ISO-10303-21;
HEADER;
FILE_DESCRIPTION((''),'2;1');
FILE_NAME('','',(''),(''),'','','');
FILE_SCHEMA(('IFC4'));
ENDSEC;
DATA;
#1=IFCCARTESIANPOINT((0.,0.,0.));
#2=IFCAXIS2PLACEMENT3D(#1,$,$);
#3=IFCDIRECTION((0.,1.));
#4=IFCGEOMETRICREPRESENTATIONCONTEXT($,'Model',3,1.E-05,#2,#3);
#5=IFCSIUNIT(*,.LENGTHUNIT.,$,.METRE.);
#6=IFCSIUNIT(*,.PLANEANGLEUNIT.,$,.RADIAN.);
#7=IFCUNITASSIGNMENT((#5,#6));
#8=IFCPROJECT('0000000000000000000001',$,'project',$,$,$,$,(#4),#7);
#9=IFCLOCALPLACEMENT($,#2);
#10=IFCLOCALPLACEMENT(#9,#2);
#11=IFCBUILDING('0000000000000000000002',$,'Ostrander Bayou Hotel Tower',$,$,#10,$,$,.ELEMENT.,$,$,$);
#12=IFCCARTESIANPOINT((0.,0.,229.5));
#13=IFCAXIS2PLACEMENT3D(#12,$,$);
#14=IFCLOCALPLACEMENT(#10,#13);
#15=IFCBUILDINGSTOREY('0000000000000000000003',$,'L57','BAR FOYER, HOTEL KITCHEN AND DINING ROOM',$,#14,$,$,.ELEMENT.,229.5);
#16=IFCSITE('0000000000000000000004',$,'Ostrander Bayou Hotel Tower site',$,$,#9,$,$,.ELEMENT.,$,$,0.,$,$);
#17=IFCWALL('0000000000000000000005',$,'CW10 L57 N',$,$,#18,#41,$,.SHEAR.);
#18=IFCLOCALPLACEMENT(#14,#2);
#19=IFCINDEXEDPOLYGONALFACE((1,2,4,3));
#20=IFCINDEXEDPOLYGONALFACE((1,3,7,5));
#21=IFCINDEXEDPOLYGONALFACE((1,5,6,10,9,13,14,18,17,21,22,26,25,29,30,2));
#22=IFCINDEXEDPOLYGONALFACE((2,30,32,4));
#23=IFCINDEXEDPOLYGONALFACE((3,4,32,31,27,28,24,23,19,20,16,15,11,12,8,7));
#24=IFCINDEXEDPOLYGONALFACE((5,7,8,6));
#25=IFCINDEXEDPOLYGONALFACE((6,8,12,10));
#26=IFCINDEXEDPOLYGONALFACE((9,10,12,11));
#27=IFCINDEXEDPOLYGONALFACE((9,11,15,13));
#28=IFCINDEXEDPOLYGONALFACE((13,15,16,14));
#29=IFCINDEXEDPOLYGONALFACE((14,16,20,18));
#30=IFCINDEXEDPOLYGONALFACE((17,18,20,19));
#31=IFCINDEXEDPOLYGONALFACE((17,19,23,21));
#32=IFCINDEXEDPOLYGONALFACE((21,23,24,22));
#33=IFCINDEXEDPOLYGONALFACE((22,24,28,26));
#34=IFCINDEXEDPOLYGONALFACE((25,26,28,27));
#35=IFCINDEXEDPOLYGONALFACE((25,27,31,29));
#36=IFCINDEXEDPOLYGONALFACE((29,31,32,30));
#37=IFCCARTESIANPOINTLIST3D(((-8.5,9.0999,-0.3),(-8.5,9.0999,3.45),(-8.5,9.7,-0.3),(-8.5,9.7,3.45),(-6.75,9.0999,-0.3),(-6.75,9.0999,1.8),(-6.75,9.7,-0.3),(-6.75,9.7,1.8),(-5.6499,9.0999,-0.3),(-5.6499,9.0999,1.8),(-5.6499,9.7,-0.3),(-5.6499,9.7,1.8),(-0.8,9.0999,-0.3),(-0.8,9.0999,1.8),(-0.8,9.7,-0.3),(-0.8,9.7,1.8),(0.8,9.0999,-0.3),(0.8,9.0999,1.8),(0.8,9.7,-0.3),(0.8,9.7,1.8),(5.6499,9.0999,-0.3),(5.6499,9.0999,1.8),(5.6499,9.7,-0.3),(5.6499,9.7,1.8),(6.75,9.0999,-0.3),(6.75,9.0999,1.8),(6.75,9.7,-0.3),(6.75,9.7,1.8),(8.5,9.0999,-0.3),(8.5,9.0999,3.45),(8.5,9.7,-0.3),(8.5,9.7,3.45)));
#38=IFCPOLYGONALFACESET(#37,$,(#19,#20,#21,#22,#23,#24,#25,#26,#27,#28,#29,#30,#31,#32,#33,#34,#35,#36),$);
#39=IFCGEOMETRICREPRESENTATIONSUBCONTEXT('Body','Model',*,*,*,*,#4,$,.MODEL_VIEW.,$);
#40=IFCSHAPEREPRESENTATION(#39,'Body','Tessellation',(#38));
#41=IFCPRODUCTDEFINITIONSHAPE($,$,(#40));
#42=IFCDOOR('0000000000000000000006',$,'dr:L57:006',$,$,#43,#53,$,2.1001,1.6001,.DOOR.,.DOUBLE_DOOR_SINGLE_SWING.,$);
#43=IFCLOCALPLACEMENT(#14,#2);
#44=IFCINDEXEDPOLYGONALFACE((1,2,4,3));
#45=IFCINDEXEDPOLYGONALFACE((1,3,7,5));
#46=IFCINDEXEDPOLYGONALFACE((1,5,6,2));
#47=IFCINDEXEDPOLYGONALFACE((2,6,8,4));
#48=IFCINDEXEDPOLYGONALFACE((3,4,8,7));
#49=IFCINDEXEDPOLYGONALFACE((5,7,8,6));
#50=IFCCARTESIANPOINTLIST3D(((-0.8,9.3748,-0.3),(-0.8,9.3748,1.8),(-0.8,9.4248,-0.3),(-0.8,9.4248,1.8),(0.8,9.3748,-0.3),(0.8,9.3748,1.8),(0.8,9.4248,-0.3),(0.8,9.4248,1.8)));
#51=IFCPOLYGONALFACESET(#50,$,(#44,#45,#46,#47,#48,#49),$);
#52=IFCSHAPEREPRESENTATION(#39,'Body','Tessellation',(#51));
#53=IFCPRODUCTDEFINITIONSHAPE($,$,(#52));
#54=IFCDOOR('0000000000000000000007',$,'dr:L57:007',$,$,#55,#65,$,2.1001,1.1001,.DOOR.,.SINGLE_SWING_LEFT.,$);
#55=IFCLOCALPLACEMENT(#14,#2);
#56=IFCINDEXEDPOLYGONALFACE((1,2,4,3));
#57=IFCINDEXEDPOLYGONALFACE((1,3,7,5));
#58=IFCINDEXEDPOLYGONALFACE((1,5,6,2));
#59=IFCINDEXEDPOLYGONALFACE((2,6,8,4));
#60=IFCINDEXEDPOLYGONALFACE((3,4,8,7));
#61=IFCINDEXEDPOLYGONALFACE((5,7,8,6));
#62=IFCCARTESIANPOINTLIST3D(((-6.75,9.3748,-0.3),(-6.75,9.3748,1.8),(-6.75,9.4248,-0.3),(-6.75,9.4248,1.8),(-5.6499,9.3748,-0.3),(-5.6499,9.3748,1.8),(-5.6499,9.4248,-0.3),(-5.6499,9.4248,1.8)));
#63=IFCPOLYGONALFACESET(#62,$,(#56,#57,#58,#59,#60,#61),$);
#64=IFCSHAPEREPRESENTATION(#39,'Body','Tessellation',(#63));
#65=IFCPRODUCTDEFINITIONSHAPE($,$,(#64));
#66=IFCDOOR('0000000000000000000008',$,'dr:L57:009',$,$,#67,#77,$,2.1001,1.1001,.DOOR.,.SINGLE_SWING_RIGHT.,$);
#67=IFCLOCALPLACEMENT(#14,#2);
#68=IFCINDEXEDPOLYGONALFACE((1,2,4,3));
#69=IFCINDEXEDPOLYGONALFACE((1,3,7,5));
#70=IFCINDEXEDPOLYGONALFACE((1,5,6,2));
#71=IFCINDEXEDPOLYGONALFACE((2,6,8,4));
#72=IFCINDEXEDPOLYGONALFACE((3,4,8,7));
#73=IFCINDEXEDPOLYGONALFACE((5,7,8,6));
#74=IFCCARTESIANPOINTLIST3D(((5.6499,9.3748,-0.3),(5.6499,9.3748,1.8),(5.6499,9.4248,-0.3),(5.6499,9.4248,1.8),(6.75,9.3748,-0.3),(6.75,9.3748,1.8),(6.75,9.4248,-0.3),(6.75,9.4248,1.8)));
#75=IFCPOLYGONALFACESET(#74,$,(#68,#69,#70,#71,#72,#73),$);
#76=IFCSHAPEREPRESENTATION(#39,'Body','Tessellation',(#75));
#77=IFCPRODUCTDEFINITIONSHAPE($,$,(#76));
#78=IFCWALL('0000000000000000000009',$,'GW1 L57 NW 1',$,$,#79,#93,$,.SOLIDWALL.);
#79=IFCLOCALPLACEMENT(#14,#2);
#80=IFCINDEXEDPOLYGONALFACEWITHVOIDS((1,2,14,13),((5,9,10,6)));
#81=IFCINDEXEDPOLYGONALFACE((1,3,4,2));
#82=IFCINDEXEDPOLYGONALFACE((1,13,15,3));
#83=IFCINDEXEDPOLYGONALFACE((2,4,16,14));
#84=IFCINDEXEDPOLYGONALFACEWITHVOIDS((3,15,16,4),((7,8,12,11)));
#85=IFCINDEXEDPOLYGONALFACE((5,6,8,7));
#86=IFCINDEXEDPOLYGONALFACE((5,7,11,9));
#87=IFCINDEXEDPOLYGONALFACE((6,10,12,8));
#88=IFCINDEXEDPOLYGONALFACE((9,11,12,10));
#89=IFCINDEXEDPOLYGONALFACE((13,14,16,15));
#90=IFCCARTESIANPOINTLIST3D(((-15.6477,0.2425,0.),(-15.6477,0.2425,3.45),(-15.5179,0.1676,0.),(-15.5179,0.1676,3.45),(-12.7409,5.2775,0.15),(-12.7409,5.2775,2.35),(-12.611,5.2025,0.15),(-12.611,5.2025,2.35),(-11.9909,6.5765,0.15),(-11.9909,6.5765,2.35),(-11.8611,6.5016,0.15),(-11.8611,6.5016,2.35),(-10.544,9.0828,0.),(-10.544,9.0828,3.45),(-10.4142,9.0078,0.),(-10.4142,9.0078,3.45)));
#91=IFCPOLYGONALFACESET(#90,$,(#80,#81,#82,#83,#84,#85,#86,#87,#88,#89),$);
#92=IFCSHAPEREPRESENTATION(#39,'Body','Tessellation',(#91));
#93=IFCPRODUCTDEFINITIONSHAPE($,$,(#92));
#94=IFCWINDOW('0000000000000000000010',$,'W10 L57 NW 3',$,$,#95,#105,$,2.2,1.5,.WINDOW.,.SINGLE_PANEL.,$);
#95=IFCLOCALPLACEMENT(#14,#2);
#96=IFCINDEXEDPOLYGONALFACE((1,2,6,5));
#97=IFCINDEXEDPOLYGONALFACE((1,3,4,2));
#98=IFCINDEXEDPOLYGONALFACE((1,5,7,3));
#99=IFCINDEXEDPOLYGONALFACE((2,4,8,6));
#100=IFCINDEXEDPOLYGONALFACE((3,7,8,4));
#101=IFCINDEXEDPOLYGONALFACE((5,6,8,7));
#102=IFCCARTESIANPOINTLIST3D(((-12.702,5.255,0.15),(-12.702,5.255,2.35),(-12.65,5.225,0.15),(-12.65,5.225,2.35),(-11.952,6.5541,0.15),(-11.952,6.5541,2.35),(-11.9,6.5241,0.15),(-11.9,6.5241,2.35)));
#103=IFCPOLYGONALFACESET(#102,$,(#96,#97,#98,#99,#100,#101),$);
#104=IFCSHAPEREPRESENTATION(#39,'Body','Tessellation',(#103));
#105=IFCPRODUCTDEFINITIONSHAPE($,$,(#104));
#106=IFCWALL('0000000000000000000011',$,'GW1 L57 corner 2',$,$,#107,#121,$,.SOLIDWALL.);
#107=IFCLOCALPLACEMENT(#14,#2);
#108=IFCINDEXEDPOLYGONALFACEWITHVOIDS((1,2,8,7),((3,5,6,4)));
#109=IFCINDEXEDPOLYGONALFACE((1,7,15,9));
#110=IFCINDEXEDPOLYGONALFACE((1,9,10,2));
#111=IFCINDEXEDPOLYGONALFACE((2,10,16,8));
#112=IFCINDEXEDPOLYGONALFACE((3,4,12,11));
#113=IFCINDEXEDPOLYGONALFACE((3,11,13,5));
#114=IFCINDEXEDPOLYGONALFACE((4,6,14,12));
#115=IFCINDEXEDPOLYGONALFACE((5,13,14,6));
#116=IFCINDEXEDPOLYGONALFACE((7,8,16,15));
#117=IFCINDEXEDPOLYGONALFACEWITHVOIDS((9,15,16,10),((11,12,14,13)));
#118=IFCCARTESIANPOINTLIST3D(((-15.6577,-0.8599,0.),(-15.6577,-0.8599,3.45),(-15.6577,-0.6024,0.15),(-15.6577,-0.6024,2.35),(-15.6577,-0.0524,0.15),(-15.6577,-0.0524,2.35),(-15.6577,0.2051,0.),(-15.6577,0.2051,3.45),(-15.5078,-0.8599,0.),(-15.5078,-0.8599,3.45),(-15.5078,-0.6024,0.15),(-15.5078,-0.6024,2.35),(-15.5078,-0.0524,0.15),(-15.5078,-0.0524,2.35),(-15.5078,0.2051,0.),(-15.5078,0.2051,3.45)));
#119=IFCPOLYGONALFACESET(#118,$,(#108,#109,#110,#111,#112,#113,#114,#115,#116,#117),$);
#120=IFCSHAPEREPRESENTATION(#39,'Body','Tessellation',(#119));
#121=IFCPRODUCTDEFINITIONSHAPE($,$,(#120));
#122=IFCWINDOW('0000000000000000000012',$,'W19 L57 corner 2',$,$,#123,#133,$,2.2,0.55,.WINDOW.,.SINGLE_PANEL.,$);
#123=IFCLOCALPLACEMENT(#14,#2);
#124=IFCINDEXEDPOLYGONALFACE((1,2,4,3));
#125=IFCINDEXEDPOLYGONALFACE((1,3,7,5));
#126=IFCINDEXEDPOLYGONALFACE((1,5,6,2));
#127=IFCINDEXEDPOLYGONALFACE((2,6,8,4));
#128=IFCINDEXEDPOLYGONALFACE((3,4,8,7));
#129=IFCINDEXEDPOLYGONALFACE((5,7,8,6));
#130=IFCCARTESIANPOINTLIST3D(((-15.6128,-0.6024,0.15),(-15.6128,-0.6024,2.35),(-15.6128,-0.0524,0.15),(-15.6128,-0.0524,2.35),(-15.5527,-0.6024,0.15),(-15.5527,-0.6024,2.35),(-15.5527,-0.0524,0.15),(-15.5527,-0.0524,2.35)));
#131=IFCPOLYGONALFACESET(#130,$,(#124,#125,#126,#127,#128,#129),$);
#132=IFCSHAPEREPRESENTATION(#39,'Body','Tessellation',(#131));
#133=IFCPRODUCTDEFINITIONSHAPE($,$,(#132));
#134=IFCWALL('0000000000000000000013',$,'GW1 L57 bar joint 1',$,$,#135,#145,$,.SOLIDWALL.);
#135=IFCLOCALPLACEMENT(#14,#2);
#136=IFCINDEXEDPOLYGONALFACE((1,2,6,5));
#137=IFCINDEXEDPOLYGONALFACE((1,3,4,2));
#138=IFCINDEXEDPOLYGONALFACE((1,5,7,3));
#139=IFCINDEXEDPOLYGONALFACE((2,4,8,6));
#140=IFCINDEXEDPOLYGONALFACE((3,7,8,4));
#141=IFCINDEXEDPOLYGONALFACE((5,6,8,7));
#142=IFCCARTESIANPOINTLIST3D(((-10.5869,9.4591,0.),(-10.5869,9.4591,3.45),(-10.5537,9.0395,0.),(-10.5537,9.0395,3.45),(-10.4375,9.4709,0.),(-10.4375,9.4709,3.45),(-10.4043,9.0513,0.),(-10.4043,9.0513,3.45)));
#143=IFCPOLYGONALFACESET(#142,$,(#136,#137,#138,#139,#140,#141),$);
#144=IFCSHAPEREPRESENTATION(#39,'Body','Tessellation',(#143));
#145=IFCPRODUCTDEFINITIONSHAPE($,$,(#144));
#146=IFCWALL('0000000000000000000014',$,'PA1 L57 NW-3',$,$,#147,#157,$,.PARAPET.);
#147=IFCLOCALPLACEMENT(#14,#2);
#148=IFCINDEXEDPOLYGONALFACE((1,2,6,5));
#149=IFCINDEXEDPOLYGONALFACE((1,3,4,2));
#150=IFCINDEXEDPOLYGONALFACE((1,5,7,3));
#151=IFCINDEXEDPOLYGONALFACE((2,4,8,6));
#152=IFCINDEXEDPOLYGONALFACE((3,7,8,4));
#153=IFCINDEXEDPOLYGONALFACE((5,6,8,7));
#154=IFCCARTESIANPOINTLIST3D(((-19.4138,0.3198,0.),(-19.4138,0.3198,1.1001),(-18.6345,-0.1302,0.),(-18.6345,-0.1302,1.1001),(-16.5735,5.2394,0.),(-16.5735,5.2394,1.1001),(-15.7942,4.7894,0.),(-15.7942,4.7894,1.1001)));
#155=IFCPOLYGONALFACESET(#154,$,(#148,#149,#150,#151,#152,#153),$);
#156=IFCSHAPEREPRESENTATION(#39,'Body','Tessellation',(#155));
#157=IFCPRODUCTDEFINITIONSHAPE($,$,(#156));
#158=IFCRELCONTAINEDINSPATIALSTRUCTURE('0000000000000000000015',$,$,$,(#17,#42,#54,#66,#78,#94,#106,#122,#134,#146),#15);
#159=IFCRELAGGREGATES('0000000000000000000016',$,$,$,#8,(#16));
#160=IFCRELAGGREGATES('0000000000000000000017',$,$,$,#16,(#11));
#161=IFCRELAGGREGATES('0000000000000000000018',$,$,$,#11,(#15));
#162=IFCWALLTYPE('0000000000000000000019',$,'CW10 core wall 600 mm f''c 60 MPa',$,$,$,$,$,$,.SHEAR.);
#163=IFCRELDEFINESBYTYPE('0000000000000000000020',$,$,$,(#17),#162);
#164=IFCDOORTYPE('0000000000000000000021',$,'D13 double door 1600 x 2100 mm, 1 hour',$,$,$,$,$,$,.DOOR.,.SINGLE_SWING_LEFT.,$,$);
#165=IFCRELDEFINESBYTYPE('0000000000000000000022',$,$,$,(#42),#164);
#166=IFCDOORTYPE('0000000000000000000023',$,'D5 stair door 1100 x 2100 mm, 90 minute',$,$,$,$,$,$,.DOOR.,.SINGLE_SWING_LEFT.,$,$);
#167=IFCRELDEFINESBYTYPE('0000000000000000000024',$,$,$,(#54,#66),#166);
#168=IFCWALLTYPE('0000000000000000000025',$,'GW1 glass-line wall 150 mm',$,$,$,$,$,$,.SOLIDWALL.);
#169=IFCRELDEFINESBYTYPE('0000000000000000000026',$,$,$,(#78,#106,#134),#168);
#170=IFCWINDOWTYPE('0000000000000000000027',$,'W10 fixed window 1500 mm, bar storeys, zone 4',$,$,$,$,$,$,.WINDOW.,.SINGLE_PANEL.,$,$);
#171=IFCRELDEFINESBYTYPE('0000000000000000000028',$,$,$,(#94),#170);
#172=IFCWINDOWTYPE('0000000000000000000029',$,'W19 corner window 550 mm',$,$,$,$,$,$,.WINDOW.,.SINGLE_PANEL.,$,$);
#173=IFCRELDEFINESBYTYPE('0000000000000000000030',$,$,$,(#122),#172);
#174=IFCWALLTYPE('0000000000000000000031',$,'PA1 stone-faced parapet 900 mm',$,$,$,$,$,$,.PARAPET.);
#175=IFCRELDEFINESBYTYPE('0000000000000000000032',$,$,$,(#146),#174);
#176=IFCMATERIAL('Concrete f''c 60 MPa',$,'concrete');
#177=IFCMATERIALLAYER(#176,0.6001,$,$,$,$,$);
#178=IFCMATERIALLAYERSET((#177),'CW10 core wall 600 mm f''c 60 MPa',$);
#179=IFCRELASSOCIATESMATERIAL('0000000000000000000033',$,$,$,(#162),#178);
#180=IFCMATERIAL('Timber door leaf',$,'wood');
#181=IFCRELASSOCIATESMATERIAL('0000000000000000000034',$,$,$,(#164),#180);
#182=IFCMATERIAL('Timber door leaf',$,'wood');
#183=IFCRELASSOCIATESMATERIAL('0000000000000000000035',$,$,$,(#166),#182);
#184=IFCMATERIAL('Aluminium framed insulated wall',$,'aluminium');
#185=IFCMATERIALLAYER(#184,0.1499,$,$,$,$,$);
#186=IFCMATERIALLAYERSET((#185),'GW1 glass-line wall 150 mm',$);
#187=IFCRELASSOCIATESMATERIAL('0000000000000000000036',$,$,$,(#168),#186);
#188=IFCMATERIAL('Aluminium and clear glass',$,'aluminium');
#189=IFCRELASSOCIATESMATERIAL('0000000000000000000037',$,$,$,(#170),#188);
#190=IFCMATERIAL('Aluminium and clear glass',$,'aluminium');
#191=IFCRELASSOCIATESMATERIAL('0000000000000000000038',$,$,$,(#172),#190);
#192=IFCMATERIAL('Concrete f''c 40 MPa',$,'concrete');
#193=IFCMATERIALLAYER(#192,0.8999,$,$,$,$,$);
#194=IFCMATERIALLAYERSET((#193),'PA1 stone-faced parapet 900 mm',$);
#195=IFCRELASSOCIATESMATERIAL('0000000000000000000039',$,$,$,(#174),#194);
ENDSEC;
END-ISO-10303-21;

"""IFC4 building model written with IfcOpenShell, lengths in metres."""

from ifc_helpers import new_model, si_unit, direction, frame, frame_2d, origin, place, context, subcontext, project, spatial, rectangle, extrude, material, layer, layer_set, type_object, element, fill, save


model = new_model("IFC4")

# Units and contexts
model_context = context("Model", 3, precision=1e-05, world=origin(), true_north=direction((0.0, 1.0)))
body_context = subcontext(model_context, "Body", "Model", "MODEL_VIEW")
ifc_project = project(units=[si_unit("LENGTHUNIT", "METRE"), si_unit("PLANEANGLEUNIT", "RADIAN")], contexts=[model_context])

# Site, building, storey
site_placement = place(None, origin())
site = spatial("IfcSite", under=ifc_project, at=site_placement, Name="Ostrander Bayou Hotel Tower site", CompositionType="ELEMENT", RefElevation=0.0)
building_placement = place(site_placement, origin())
building = spatial("IfcBuilding", under=site, at=building_placement, Name="Ostrander Bayou Hotel Tower", CompositionType="ELEMENT")
storey_placement = place(building_placement, frame((0.0, 0.0, 229.5)))
storey = spatial("IfcBuildingStorey", under=building, at=storey_placement, Name="L57", Description="BAR FOYER, HOTEL KITCHEN AND DINING ROOM", CompositionType="ELEMENT", Elevation=229.5)

# Wall, openings, doors
ifc_material_1 = material(Name="Concrete f'c 60 MPa", Category="concrete")
ifc_layer_1 = layer(ifc_material_1, 0.6001)
ifc_layer_set_1 = layer_set([ifc_layer_1], Name="CW10 core wall 600 mm f'c 60 MPa")
wall_type_1 = type_object("IfcWallType", Name="CW10 core wall 600 mm f'c 60 MPa", PredefinedType="SHEAR", material=ifc_layer_set_1)
wall_1_placement = place(storey_placement, frame((-8.5, 9.3999, -0.3), z_axis=(0.0, 0.0, 1.0), x_axis=(1.0, 0.0, 0.0)))
wall_1 = element("IfcWall", 1, at=wall_1_placement, inside=storey, type_object=wall_type_1, Name="CW10 L57 N", PredefinedType="SHEAR", context=body_context, shape_type="SweptSolid", body=[
    extrude(rectangle(XDim=17.0, YDim=0.6001, at=frame_2d((8.5, 0.0))), origin(), (0.0, 0.0, 1.0), 3.75),
])
opening_1_placement = place(wall_1_placement, frame((7.7, 0.0, 0.0)))
opening_1 = element("IfcOpeningElement", 2, at=opening_1_placement, cuts=wall_1, PredefinedType="OPENING", context=body_context, shape_type="SweptSolid", body=[
    extrude(rectangle(XDim=1.6001, YDim=2.1001, at=frame_2d((0.8, 1.05))), frame((0.0, 0.3, 0.0), z_axis=(0.0, -1.0, 0.0), x_axis=(1.0, 0.0, 0.0)), (0.0, 0.0, 1.0), 0.6001),
])
opening_2_placement = place(wall_1_placement, frame((1.75, 0.0, 0.0)))
opening_2 = element("IfcOpeningElement", 3, at=opening_2_placement, cuts=wall_1, PredefinedType="OPENING", context=body_context, shape_type="SweptSolid", body=[
    extrude(rectangle(XDim=1.1001, YDim=2.1001, at=frame_2d((0.55, 1.05))), frame((0.0, 0.3, 0.0), z_axis=(0.0, -1.0, 0.0), x_axis=(1.0, 0.0, 0.0)), (0.0, 0.0, 1.0), 0.6001),
])
opening_3_placement = place(wall_1_placement, frame((14.1499, 0.0, 0.0)))
opening_3 = element("IfcOpeningElement", 4, at=opening_3_placement, cuts=wall_1, PredefinedType="OPENING", context=body_context, shape_type="SweptSolid", body=[
    extrude(rectangle(XDim=1.1001, YDim=2.1001, at=frame_2d((0.55, 1.05))), frame((0.0, 0.3, 0.0), z_axis=(0.0, -1.0, 0.0), x_axis=(1.0, 0.0, 0.0)), (0.0, 0.0, 1.0), 0.6001),
])
ifc_material_2 = material(Name="Timber door leaf", Category="wood")
door_type_1 = type_object("IfcDoorType", Name="D13 double door 1600 x 2100 mm, 1 hour", OperationType="SINGLE_SWING_LEFT", PredefinedType="DOOR", material=ifc_material_2)
door_1_placement = place(opening_1_placement, origin())
door_1 = element("IfcDoor", 5, at=door_1_placement, inside=storey, type_object=door_type_1, Name="dr:L57:006", OperationType="DOUBLE_DOOR_SINGLE_SWING", OverallHeight=2.1001, OverallWidth=1.6001, PredefinedType="DOOR", context=body_context, shape_type="SweptSolid", body=[
    extrude(rectangle(XDim=1.6001, YDim=2.1001, at=frame_2d((0.8, 1.05))), frame((0.0, 0.0249, 0.0), z_axis=(0.0, -1.0, 0.0), x_axis=(1.0, 0.0, 0.0)), (0.0, 0.0, 1.0), 0.05),
])
fill(opening_1, door_1)
ifc_material_3 = material(Name="Timber door leaf", Category="wood")
door_type_2 = type_object("IfcDoorType", Name="D5 stair door 1100 x 2100 mm, 90 minute", OperationType="SINGLE_SWING_LEFT", PredefinedType="DOOR", material=ifc_material_3)
door_2_placement = place(opening_2_placement, origin())
door_2 = element("IfcDoor", 6, at=door_2_placement, inside=storey, type_object=door_type_2, Name="dr:L57:007", OperationType="SINGLE_SWING_LEFT", OverallHeight=2.1001, OverallWidth=1.1001, PredefinedType="DOOR", context=body_context, shape_type="SweptSolid", body=[
    extrude(rectangle(XDim=1.1001, YDim=2.1001, at=frame_2d((0.55, 1.05))), frame((0.0, 0.0249, 0.0), z_axis=(0.0, -1.0, 0.0), x_axis=(1.0, 0.0, 0.0)), (0.0, 0.0, 1.0), 0.05),
])
fill(opening_2, door_2)
door_3_placement = place(opening_3_placement, origin())
door_3 = element("IfcDoor", 7, at=door_3_placement, inside=storey, type_object=door_type_2, Name="dr:L57:009", OperationType="SINGLE_SWING_RIGHT", OverallHeight=2.1001, OverallWidth=1.1001, PredefinedType="DOOR", context=body_context, shape_type="SweptSolid", body=[
    extrude(rectangle(XDim=1.1001, YDim=2.1001, at=frame_2d((0.55, 1.05))), frame((0.0, 0.0249, 0.0), z_axis=(0.0, -1.0, 0.0), x_axis=(1.0, 0.0, 0.0)), (0.0, 0.0, 1.0), 0.05),
])
fill(opening_3, door_3)

# Walls, openings, windows
ifc_material_4 = material(Name="Aluminium framed insulated wall", Category="aluminium")
ifc_layer_2 = layer(ifc_material_4, 0.1499)
ifc_layer_set_2 = layer_set([ifc_layer_2], Name="GW1 glass-line wall 150 mm")
wall_type_2 = type_object("IfcWallType", Name="GW1 glass-line wall 150 mm", PredefinedType="SOLIDWALL", material=ifc_layer_set_2)
wall_2_placement = place(storey_placement, frame((-10.479, 9.0454, 0.0), z_axis=(0.0, 0.0, 1.0), x_axis=(-0.499985, -0.866034, 0.0)))
wall_2 = element("IfcWall", 8, at=wall_2_placement, inside=storey, type_object=wall_type_2, Name="GW1 L57 NW 1", PredefinedType="SOLIDWALL", context=body_context, shape_type="SweptSolid", body=[
    extrude(rectangle(XDim=10.2078, YDim=0.1499, at=frame_2d((5.104, 0.0))), origin(), (0.0, 0.0, 1.0), 3.45),
])
opening_4_placement = place(wall_2_placement, frame((2.894, 0.0, 0.1499)))
opening_4 = element("IfcOpeningElement", 9, at=opening_4_placement, cuts=wall_2, PredefinedType="OPENING", context=body_context, shape_type="SweptSolid", body=[
    extrude(rectangle(XDim=1.5, YDim=2.2, at=frame_2d((0.75, 1.1001))), frame((0.0, 0.075, 0.0), z_axis=(0.0, -1.0, 0.0), x_axis=(1.0, 0.0, 0.0)), (0.0, 0.0, 1.0), 0.1499),
])
ifc_material_5 = material(Name="Aluminium and clear glass", Category="aluminium")
window_type_1 = type_object("IfcWindowType", Name="W10 fixed window 1500 mm, bar storeys, zone 4", PartitioningType="SINGLE_PANEL", PredefinedType="WINDOW", material=ifc_material_5)
window_1_placement = place(opening_4_placement, origin())
window_1 = element("IfcWindow", 10, at=window_1_placement, inside=storey, type_object=window_type_1, Name="W10 L57 NW 3", OverallHeight=2.2, OverallWidth=1.5, PartitioningType="SINGLE_PANEL", PredefinedType="WINDOW", context=body_context, shape_type="SweptSolid", body=[
    extrude(rectangle(XDim=1.5, YDim=2.2, at=frame_2d((0.75, 1.1001))), frame((0.0, 0.03, 0.0), z_axis=(0.0, -1.0, 0.0), x_axis=(1.0, 0.0, 0.0)), (0.0, 0.0, 1.0), 0.0601),
])
fill(opening_4, window_1)
wall_3_placement = place(storey_placement, frame((-15.5828, 0.2051, 0.0), z_axis=(0.0, 0.0, 1.0), x_axis=(0.0, -1.0, 0.0)))
wall_3 = element("IfcWall", 11, at=wall_3_placement, inside=storey, type_object=wall_type_2, Name="GW1 L57 corner 2", PredefinedType="SOLIDWALL", context=body_context, shape_type="SweptSolid", body=[
    extrude(rectangle(XDim=1.0649, YDim=0.1499, at=frame_2d((0.5325, 0.0))), origin(), (0.0, 0.0, 1.0), 3.45),
])
opening_5_placement = place(wall_3_placement, frame((0.2576, 0.0, 0.1499)))
opening_5 = element("IfcOpeningElement", 12, at=opening_5_placement, cuts=wall_3, PredefinedType="OPENING", context=body_context, shape_type="SweptSolid", body=[
    extrude(rectangle(XDim=0.55, YDim=2.2, at=frame_2d((0.2749, 1.1001))), frame((0.0, 0.075, 0.0), z_axis=(0.0, -1.0, 0.0), x_axis=(1.0, 0.0, 0.0)), (0.0, 0.0, 1.0), 0.1499),
])
ifc_material_6 = material(Name="Aluminium and clear glass", Category="aluminium")
window_type_2 = type_object("IfcWindowType", Name="W19 corner window 550 mm", PartitioningType="SINGLE_PANEL", PredefinedType="WINDOW", material=ifc_material_6)
window_2_placement = place(opening_5_placement, origin())
window_2 = element("IfcWindow", 13, at=window_2_placement, inside=storey, type_object=window_type_2, Name="W19 L57 corner 2", OverallHeight=2.2, OverallWidth=0.55, PartitioningType="SINGLE_PANEL", PredefinedType="WINDOW", context=body_context, shape_type="SweptSolid", body=[
    extrude(rectangle(XDim=0.55, YDim=2.2, at=frame_2d((0.2749, 1.1001))), frame((0.0, 0.03, 0.0), z_axis=(0.0, -1.0, 0.0), x_axis=(1.0, 0.0, 0.0)), (0.0, 0.0, 1.0), 0.0601),
])
fill(opening_5, window_2)

# Walls
wall_4_placement = place(storey_placement, frame((-10.479, 9.0454, 0.0), z_axis=(0.0, 0.0, 1.0), x_axis=(-0.078869, 0.996885, 0.0)))
element("IfcWall", 14, at=wall_4_placement, inside=storey, type_object=wall_type_2, Name="GW1 L57 bar joint 1", PredefinedType="SOLIDWALL", context=body_context, shape_type="SweptSolid", body=[
    extrude(rectangle(XDim=0.4209, YDim=0.1499, at=frame_2d((0.2104, 0.0))), origin(), (0.0, 0.0, 1.0), 3.45),
])
ifc_material_7 = material(Name="Concrete f'c 40 MPa", Category="concrete")
ifc_layer_3 = layer(ifc_material_7, 0.8999)
ifc_layer_set_3 = layer_set([ifc_layer_3], Name="PA1 stone-faced parapet 900 mm")
wall_type_3 = type_object("IfcWallType", Name="PA1 stone-faced parapet 900 mm", PredefinedType="PARAPET", material=ifc_layer_set_3)
wall_5_placement = place(storey_placement, frame((-16.1838, 5.0144, 0.0), z_axis=(0.0, 0.0, 1.0), x_axis=(-0.499994, -0.866029, 0.0)))
element("IfcWall", 15, at=wall_5_placement, inside=storey, type_object=wall_type_3, Name="PA1 L57 NW-3", PredefinedType="PARAPET", context=body_context, shape_type="SweptSolid", body=[
    extrude(rectangle(XDim=5.6807, YDim=0.8999, at=frame_2d((2.8403, 0.0))), origin(), (0.0, 0.0, 1.0), 1.1001),
])

save(model, "model.ifc")
